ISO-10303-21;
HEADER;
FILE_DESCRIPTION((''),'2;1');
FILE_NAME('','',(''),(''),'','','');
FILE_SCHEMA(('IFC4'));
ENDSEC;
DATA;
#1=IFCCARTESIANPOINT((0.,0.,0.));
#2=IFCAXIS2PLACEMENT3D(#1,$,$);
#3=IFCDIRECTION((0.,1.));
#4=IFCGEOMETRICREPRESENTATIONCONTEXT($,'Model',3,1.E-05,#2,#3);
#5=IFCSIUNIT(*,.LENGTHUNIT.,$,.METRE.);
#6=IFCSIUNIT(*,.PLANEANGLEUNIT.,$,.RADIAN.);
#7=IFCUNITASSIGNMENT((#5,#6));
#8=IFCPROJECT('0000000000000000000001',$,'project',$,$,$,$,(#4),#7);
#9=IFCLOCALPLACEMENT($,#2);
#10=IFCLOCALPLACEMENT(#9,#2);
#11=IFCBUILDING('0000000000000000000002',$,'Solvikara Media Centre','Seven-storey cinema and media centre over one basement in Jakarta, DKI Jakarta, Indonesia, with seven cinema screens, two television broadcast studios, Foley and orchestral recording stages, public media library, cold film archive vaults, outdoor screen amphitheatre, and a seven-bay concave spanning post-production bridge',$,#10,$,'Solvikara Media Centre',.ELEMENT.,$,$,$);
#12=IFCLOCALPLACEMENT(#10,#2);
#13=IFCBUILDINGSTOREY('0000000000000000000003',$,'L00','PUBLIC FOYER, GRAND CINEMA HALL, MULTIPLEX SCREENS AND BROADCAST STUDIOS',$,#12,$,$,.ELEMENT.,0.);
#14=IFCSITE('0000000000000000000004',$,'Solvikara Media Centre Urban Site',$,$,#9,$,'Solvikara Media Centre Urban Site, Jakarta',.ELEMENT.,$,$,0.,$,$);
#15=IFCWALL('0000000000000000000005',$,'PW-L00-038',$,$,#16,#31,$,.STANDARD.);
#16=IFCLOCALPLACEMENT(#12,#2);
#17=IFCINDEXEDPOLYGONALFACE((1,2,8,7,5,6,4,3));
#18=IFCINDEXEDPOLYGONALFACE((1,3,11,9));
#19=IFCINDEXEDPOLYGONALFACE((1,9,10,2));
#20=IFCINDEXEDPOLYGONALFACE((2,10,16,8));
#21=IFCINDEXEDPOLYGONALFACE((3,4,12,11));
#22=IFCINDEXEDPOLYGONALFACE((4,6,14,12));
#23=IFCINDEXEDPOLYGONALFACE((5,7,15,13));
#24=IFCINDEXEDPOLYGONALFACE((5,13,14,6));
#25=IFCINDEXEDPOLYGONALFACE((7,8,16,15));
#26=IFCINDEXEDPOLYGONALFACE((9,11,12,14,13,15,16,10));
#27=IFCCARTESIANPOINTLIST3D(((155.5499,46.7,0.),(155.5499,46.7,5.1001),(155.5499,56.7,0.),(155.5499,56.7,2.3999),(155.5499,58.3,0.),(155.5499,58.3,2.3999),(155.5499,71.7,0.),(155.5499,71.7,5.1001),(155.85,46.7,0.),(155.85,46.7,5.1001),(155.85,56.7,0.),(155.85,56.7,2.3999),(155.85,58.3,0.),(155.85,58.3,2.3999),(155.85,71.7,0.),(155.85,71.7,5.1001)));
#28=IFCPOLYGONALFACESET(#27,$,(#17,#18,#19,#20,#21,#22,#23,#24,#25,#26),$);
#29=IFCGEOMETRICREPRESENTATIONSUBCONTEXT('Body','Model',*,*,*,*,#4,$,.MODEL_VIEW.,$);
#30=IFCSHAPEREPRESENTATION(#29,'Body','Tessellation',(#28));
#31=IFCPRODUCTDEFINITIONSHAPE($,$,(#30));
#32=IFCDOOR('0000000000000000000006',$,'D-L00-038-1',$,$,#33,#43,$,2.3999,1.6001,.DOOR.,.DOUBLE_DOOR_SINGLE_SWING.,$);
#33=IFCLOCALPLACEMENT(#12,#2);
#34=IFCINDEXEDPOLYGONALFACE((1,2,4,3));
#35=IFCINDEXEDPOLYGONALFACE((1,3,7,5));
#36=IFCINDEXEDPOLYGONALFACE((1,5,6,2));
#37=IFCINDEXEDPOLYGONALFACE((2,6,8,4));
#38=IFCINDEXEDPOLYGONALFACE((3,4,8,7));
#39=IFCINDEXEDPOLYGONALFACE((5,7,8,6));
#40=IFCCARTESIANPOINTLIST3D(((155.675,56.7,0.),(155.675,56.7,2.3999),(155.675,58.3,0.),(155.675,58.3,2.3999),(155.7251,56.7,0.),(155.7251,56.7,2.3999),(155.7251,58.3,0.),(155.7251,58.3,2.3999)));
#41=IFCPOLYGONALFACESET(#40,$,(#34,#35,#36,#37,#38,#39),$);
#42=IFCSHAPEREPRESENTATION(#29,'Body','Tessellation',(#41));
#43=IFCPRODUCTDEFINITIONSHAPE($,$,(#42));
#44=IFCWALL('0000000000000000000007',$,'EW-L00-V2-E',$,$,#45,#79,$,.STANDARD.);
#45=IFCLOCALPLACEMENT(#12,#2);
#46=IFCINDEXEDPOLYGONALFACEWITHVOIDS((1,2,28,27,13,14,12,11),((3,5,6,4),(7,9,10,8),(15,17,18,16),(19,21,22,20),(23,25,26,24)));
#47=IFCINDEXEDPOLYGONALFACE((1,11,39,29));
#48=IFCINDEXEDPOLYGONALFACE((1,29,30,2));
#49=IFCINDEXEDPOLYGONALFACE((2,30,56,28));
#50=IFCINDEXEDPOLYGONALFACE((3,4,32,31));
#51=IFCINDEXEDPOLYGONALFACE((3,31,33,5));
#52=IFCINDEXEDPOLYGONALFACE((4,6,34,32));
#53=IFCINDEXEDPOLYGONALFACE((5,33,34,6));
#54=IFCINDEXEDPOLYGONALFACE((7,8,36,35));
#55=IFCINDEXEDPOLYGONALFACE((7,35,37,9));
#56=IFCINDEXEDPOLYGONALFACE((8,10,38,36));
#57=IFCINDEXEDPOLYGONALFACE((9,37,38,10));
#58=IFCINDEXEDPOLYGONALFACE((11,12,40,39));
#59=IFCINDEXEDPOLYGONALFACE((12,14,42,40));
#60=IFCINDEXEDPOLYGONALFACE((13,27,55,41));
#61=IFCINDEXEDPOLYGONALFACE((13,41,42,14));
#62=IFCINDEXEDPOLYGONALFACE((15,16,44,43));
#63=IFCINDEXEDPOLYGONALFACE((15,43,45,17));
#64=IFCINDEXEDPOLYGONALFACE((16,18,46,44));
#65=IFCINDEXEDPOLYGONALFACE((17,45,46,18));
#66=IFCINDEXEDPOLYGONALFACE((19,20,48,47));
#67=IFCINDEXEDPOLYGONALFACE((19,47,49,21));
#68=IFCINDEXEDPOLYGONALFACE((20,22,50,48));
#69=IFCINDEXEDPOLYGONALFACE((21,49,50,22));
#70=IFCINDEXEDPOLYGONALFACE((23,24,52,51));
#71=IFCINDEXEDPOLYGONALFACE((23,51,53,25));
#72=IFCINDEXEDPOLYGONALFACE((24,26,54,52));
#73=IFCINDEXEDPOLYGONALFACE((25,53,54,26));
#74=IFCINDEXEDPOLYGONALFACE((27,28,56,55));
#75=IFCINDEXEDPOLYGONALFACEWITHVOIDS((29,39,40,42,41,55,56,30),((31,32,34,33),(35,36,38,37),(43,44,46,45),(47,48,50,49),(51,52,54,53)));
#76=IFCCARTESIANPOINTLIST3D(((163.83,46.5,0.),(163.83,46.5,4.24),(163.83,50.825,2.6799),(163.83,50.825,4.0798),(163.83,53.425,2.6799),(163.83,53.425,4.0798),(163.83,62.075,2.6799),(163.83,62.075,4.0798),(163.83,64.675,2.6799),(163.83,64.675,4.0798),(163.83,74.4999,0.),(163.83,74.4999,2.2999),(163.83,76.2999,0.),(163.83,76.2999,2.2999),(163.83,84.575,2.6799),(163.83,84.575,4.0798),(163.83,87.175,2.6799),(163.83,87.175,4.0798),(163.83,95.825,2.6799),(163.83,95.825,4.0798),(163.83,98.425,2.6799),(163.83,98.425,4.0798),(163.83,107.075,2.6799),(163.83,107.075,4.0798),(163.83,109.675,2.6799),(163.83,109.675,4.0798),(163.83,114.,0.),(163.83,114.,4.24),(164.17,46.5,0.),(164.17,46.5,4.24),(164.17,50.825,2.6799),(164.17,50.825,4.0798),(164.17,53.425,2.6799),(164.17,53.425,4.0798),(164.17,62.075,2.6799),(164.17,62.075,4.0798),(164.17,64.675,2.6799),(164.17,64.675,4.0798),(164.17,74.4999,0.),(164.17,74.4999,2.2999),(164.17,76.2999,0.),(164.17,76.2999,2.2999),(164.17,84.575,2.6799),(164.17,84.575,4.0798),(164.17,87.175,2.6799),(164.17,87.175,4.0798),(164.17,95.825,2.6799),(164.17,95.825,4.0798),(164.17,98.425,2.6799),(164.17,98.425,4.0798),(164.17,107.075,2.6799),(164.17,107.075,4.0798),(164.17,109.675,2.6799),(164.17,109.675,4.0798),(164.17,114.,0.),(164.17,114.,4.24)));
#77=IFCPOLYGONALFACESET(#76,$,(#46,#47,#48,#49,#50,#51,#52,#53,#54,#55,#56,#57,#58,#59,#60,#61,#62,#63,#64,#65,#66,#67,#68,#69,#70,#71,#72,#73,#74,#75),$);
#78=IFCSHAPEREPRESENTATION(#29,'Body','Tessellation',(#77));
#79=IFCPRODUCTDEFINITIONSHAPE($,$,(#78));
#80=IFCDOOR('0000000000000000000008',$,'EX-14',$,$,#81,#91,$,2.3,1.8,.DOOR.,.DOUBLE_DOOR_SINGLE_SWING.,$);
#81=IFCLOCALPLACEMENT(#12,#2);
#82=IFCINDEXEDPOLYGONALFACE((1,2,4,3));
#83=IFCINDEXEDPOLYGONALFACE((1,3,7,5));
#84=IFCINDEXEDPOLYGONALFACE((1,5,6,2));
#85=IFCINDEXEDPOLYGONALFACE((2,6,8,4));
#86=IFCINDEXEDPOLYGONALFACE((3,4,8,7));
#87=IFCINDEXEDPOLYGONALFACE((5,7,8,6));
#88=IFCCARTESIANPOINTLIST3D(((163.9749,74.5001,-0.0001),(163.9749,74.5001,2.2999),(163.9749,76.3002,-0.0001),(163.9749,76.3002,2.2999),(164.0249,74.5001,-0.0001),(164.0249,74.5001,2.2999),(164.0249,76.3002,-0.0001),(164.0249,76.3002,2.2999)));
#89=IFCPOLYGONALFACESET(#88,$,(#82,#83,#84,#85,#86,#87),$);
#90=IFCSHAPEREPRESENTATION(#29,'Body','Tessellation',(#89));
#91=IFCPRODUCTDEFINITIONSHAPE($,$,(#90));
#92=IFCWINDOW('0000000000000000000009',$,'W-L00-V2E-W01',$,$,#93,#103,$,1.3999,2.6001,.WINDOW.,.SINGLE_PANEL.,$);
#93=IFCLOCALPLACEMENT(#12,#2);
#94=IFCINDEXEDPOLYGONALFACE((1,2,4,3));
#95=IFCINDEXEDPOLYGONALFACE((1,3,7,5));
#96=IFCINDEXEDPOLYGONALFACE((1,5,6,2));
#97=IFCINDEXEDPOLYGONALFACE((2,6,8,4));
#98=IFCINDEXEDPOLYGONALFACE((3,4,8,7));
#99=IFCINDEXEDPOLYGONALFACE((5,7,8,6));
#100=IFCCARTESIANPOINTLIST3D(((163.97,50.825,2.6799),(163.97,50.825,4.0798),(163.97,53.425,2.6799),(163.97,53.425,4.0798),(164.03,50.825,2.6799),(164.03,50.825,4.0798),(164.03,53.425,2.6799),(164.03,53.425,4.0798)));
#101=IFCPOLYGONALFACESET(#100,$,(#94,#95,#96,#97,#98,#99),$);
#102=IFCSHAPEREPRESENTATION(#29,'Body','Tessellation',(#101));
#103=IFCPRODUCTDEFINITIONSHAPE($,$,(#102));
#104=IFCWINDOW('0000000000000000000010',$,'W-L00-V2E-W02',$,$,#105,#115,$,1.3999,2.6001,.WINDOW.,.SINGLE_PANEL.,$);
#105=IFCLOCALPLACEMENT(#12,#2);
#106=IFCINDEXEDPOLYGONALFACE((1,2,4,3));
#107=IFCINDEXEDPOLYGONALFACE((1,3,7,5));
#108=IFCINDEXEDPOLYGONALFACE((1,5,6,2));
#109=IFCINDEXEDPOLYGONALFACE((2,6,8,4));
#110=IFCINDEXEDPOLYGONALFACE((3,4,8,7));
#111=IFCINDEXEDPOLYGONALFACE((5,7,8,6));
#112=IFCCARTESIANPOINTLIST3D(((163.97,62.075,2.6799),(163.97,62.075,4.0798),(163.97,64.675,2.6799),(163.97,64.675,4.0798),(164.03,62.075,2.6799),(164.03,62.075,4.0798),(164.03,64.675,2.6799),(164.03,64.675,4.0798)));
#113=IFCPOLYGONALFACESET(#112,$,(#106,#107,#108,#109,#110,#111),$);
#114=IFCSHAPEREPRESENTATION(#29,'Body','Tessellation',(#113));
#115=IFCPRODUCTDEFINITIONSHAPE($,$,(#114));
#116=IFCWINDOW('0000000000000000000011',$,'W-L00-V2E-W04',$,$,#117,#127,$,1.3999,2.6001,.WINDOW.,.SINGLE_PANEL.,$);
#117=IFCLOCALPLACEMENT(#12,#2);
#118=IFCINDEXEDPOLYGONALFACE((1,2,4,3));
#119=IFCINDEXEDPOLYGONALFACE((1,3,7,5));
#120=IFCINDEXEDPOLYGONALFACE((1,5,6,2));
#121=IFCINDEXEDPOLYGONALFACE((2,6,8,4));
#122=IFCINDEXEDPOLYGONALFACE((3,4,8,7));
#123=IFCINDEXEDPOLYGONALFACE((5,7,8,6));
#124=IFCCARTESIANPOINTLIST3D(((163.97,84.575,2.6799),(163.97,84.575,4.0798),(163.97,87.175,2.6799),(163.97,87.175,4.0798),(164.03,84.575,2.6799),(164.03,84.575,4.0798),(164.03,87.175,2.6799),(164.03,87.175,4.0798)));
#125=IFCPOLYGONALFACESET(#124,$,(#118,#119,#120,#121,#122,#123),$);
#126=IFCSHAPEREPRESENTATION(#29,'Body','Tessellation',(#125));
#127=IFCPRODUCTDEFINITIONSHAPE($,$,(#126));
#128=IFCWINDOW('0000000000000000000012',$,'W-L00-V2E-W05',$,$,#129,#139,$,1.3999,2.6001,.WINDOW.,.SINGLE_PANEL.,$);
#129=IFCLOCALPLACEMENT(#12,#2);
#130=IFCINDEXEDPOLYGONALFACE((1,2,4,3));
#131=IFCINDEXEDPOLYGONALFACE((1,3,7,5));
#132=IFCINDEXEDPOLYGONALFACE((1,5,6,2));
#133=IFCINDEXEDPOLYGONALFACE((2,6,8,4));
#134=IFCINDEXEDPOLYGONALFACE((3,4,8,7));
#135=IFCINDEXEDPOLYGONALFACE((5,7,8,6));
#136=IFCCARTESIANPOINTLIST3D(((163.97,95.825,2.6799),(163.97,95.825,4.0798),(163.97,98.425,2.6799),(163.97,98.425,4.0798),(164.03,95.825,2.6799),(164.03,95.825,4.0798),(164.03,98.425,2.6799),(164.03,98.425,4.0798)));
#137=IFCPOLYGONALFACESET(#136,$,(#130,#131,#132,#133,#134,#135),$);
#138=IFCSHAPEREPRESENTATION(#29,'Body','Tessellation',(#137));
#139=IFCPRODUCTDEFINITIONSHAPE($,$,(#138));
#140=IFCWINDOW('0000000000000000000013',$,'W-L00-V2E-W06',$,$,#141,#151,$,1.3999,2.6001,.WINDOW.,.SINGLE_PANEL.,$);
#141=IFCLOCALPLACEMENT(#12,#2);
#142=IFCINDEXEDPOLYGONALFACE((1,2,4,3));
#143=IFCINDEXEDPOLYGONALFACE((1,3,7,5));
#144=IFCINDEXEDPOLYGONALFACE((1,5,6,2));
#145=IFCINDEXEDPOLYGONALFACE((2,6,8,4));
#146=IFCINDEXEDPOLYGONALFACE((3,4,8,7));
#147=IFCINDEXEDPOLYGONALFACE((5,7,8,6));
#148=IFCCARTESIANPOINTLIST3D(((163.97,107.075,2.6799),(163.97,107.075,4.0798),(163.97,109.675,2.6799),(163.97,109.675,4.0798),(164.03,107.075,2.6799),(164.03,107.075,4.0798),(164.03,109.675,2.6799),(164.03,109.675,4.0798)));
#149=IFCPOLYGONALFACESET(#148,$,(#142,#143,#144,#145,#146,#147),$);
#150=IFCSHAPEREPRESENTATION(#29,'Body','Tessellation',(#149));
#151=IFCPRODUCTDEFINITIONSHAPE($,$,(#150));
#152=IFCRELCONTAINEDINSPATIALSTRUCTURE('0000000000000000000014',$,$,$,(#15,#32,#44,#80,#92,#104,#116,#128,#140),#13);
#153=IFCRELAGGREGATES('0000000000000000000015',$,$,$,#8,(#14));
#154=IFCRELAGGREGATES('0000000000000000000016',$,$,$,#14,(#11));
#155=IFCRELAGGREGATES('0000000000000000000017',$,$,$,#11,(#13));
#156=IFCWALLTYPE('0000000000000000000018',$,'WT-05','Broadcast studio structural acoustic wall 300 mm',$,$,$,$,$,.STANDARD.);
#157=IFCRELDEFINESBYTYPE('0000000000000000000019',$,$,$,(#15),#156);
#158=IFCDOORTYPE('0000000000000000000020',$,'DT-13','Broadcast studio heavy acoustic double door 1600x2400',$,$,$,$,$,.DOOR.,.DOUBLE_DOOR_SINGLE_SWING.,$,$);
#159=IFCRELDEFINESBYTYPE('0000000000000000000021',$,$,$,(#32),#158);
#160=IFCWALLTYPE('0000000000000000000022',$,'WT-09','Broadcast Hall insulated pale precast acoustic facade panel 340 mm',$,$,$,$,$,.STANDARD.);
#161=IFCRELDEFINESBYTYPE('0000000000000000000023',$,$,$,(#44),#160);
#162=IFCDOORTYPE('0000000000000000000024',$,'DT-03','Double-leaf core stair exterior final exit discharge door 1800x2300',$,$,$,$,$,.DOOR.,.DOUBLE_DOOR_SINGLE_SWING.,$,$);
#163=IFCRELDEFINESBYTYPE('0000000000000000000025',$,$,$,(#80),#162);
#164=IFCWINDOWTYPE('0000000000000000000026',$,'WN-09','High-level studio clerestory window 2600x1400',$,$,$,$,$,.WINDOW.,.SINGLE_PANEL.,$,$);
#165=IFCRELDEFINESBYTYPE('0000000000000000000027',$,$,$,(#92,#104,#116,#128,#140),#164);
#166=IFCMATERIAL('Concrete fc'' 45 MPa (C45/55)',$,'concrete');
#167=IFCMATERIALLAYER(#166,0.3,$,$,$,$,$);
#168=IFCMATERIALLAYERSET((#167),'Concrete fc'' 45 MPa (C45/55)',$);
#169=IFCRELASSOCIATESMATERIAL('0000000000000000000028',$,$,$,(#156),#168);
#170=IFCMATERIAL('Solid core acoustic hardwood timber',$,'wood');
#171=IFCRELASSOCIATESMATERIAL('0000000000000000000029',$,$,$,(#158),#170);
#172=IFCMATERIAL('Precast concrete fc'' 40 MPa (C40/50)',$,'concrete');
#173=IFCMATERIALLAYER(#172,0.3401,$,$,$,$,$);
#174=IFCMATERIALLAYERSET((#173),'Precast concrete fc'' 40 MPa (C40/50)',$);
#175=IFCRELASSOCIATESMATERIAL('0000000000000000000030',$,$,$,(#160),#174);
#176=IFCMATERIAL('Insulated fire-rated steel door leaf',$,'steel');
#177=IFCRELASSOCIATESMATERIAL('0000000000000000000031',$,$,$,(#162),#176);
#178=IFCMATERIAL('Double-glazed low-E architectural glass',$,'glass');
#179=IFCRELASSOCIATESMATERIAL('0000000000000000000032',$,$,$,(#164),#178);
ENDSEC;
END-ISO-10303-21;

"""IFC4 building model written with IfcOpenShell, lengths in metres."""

from ifc_helpers import new_model, si_unit, direction, frame, frame_2d, origin, place, context, subcontext, project, spatial, rectangle, extrude, material, layer, layer_set, type_object, element, fill, save


model = new_model("IFC4")

# Units and contexts
model_context = context("Model", 3, precision=1e-05, world=origin(), true_north=direction((0.0, 1.0)))
body_context = subcontext(model_context, "Body", "Model", "MODEL_VIEW")
ifc_project = project(units=[si_unit("LENGTHUNIT", "METRE"), si_unit("PLANEANGLEUNIT", "RADIAN")], contexts=[model_context])

# Site, building, storey
site_placement = place(None, origin())
site = spatial("IfcSite", under=ifc_project, at=site_placement, Name="Solvikara Media Centre Urban Site", LongName="Solvikara Media Centre Urban Site, Jakarta", CompositionType="ELEMENT", RefElevation=0.0)
building_placement = place(site_placement, origin())
building = spatial("IfcBuilding", under=site, at=building_placement, Name="Solvikara Media Centre", Description="Seven-storey cinema and media centre over one basement in Jakarta, DKI Jakarta, Indonesia, with seven cinema screens, two television broadcast studios, Foley and orchestral recording stages, public media library, cold film archive vaults, outdoor screen amphitheatre, and a seven-bay concave spanning post-production bridge", LongName="Solvikara Media Centre", CompositionType="ELEMENT")
storey_placement = place(building_placement, origin())
storey = spatial("IfcBuildingStorey", under=building, at=storey_placement, Name="L00", Description="PUBLIC FOYER, GRAND CINEMA HALL, MULTIPLEX SCREENS AND BROADCAST STUDIOS", CompositionType="ELEMENT", Elevation=0.0)

# Shared definitions
ifc_material_1 = material(Name="Concrete fc' 45 MPa (C45/55)", Category="concrete")

# Wall, opening, door
ifc_layer_1 = layer(ifc_material_1, 0.3)
ifc_layer_set_1 = layer_set([ifc_layer_1], Name="Concrete fc' 45 MPa (C45/55)")
wall_type_1 = type_object("IfcWallType", Name="WT-05", Description="Broadcast studio structural acoustic wall 300 mm", PredefinedType="STANDARD", material=ifc_layer_set_1)
wall_1_placement = place(storey_placement, frame((155.7, 46.7, 0.0), z_axis=(0.0, 0.0, 1.0), x_axis=(0.0, 1.0, 0.0)))
wall_1 = element("IfcWall", 1, at=wall_1_placement, inside=storey, type_object=wall_type_1, Name="PW-L00-038", PredefinedType="STANDARD", context=body_context, shape_type="SweptSolid", body=[
    extrude(rectangle(XDim=25.0, YDim=0.3, at=frame_2d((12.5, 0.0))), origin(), (0.0, 0.0, 1.0), 5.1001),
])
opening_1_placement = place(wall_1_placement, frame((10.0, 0.0, 0.0)))
opening_1 = element("IfcOpeningElement", 2, at=opening_1_placement, cuts=wall_1, PredefinedType="OPENING", context=body_context, shape_type="SweptSolid", body=[
    extrude(rectangle(XDim=1.6001, YDim=2.3999, at=frame_2d((0.8, 1.2))), frame((0.0, 0.1621, 0.0), z_axis=(0.0, -1.0, 0.0), x_axis=(1.0, 0.0, 0.0)), (0.0, 0.0, 1.0), 0.324),
])
ifc_material_2 = material(Name="Solid core acoustic hardwood timber", Category="wood")
door_type_1 = type_object("IfcDoorType", Name="DT-13", Description="Broadcast studio heavy acoustic double door 1600x2400", OperationType="DOUBLE_DOOR_SINGLE_SWING", PredefinedType="DOOR", material=ifc_material_2)
door_1_placement = place(opening_1_placement, origin())
door_1 = element("IfcDoor", 3, at=door_1_placement, inside=storey, type_object=door_type_1, Name="D-L00-038-1", OperationType="DOUBLE_DOOR_SINGLE_SWING", OverallHeight=2.3999, OverallWidth=1.6001, PredefinedType="DOOR", context=body_context, shape_type="SweptSolid", body=[
    extrude(rectangle(XDim=1.6001, YDim=2.3999, at=frame_2d((0.8, 1.2))), frame((0.0, 0.0249, 0.0), z_axis=(0.0, -1.0, 0.0), x_axis=(1.0, 0.0, 0.0)), (0.0, 0.0, 1.0), 0.05),
])
fill(opening_1, door_1)

# Wall, openings, door, windows
ifc_material_3 = material(Name="Precast concrete fc' 40 MPa (C40/50)", Category="concrete")
ifc_layer_2 = layer(ifc_material_3, 0.3401)
ifc_layer_set_2 = layer_set([ifc_layer_2], Name="Precast concrete fc' 40 MPa (C40/50)")
wall_type_2 = type_object("IfcWallType", Name="WT-09", Description="Broadcast Hall insulated pale precast acoustic facade panel 340 mm", PredefinedType="STANDARD", material=ifc_layer_set_2)
wall_2_placement = place(storey_placement, frame((164.0, 46.5, 0.0), z_axis=(0.0, 0.0, 1.0), x_axis=(0.0, 1.0, 0.0)))
wall_2 = element("IfcWall", 4, at=wall_2_placement, inside=storey, type_object=wall_type_2, Name="EW-L00-V2-E", PredefinedType="STANDARD", context=body_context, shape_type="SweptSolid", body=[
    extrude(rectangle(XDim=67.5, YDim=0.3401, at=frame_2d((33.75, 0.0))), origin(), (0.0, 0.0, 1.0), 4.24),
])
opening_2_placement = place(wall_2_placement, frame((28.0, 0.0, 0.0)))
opening_2 = element("IfcOpeningElement", 5, at=opening_2_placement, cuts=wall_2, PredefinedType="OPENING", context=body_context, shape_type="SweptSolid", body=[
    extrude(rectangle(XDim=1.8, YDim=2.3, at=frame_2d((0.8999, 1.1499))), frame((0.0, 0.1821, 0.0), z_axis=(0.0, -1.0, 0.0), x_axis=(1.0, 0.0, 0.0)), (0.0, 0.0, 1.0), 0.364),
])
opening_3_placement = place(wall_2_placement, frame((4.325, 0.0, 2.6799)))
opening_3 = element("IfcOpeningElement", 6, at=opening_3_placement, cuts=wall_2, PredefinedType="OPENING", context=body_context, shape_type="SweptSolid", body=[
    extrude(rectangle(XDim=2.6001, YDim=1.3999, at=frame_2d((1.3, 0.7))), frame((0.0, 0.1821, 0.0), z_axis=(0.0, -1.0, 0.0), x_axis=(1.0, 0.0, 0.0)), (0.0, 0.0, 1.0), 0.364),
])
opening_4_placement = place(wall_2_placement, frame((15.575, 0.0, 2.6799)))
opening_4 = element("IfcOpeningElement", 7, at=opening_4_placement, cuts=wall_2, PredefinedType="OPENING", context=body_context, shape_type="SweptSolid", body=[
    extrude(rectangle(XDim=2.6001, YDim=1.3999, at=frame_2d((1.3, 0.7))), frame((0.0, 0.1821, 0.0), z_axis=(0.0, -1.0, 0.0), x_axis=(1.0, 0.0, 0.0)), (0.0, 0.0, 1.0), 0.364),
])
opening_5_placement = place(wall_2_placement, frame((38.075, 0.0, 2.6799)))
opening_5 = element("IfcOpeningElement", 8, at=opening_5_placement, cuts=wall_2, PredefinedType="OPENING", context=body_context, shape_type="SweptSolid", body=[
    extrude(rectangle(XDim=2.6001, YDim=1.3999, at=frame_2d((1.3, 0.7))), frame((0.0, 0.1821, 0.0), z_axis=(0.0, -1.0, 0.0), x_axis=(1.0, 0.0, 0.0)), (0.0, 0.0, 1.0), 0.364),
])
opening_6_placement = place(wall_2_placement, frame((49.325, 0.0, 2.6799)))
opening_6 = element("IfcOpeningElement", 9, at=opening_6_placement, cuts=wall_2, PredefinedType="OPENING", context=body_context, shape_type="SweptSolid", body=[
    extrude(rectangle(XDim=2.6001, YDim=1.3999, at=frame_2d((1.3, 0.7))), frame((0.0, 0.1821, 0.0), z_axis=(0.0, -1.0, 0.0), x_axis=(1.0, 0.0, 0.0)), (0.0, 0.0, 1.0), 0.364),
])
opening_7_placement = place(wall_2_placement, frame((60.575, 0.0, 2.6799)))
opening_7 = element("IfcOpeningElement", 10, at=opening_7_placement, cuts=wall_2, PredefinedType="OPENING", context=body_context, shape_type="SweptSolid", body=[
    extrude(rectangle(XDim=2.6001, YDim=1.3999, at=frame_2d((1.3, 0.7))), frame((0.0, 0.1821, 0.0), z_axis=(0.0, -1.0, 0.0), x_axis=(1.0, 0.0, 0.0)), (0.0, 0.0, 1.0), 0.364),
])
ifc_material_4 = material(Name="Insulated fire-rated steel door leaf", Category="steel")
door_type_2 = type_object("IfcDoorType", Name="DT-03", Description="Double-leaf core stair exterior final exit discharge door 1800x2300", OperationType="DOUBLE_DOOR_SINGLE_SWING", PredefinedType="DOOR", material=ifc_material_4)
door_2_placement = place(opening_2_placement, frame((1.8, 0.0, 0.0), z_axis=(0.0, 0.0, 1.0), x_axis=(-1.0, 0.0, 0.0)))
door_2 = element("IfcDoor", 11, at=door_2_placement, inside=storey, type_object=door_type_2, Name="EX-14", OperationType="DOUBLE_DOOR_SINGLE_SWING", OverallHeight=2.3, OverallWidth=1.8, PredefinedType="DOOR", context=body_context, shape_type="SweptSolid", body=[
    extrude(rectangle(XDim=1.8, YDim=2.3, at=frame_2d((0.8999, 1.1499))), frame((0.0, 0.0249, 0.0), z_axis=(0.0, -1.0, 0.0), x_axis=(1.0, 0.0, 0.0)), (0.0, 0.0, 1.0), 0.05),
])
fill(opening_2, door_2)
ifc_material_5 = material(Name="Double-glazed low-E architectural glass", Category="glass")
window_type = type_object("IfcWindowType", Name="WN-09", Description="High-level studio clerestory window 2600x1400", PartitioningType="SINGLE_PANEL", PredefinedType="WINDOW", material=ifc_material_5)
window_1_placement = place(opening_3_placement, origin())
window_1 = element("IfcWindow", 12, at=window_1_placement, inside=storey, type_object=window_type, Name="W-L00-V2E-W01", OverallHeight=1.3999, OverallWidth=2.6001, PartitioningType="SINGLE_PANEL", PredefinedType="WINDOW", context=body_context, shape_type="SweptSolid", body=[
    extrude(rectangle(XDim=2.6001, YDim=1.3999, at=frame_2d((1.3, 0.7))), frame((0.0, 0.03, 0.0), z_axis=(0.0, -1.0, 0.0), x_axis=(1.0, 0.0, 0.0)), (0.0, 0.0, 1.0), 0.0601),
])
fill(opening_3, window_1)
window_2_placement = place(opening_4_placement, origin())
window_2 = element("IfcWindow", 13, at=window_2_placement, inside=storey, type_object=window_type, Name="W-L00-V2E-W02", OverallHeight=1.3999, OverallWidth=2.6001, PartitioningType="SINGLE_PANEL", PredefinedType="WINDOW", context=body_context, shape_type="SweptSolid", body=[
    extrude(rectangle(XDim=2.6001, YDim=1.3999, at=frame_2d((1.3, 0.7))), frame((0.0, 0.03, 0.0), z_axis=(0.0, -1.0, 0.0), x_axis=(1.0, 0.0, 0.0)), (0.0, 0.0, 1.0), 0.0601),
])
fill(opening_4, window_2)
window_3_placement = place(opening_5_placement, origin())
window_3 = element("IfcWindow", 14, at=window_3_placement, inside=storey, type_object=window_type, Name="W-L00-V2E-W04", OverallHeight=1.3999, OverallWidth=2.6001, PartitioningType="SINGLE_PANEL", PredefinedType="WINDOW", context=body_context, shape_type="SweptSolid", body=[
    extrude(rectangle(XDim=2.6001, YDim=1.3999, at=frame_2d((1.3, 0.7))), frame((0.0, 0.03, 0.0), z_axis=(0.0, -1.0, 0.0), x_axis=(1.0, 0.0, 0.0)), (0.0, 0.0, 1.0), 0.0601),
])
fill(opening_5, window_3)
window_4_placement = place(opening_6_placement, origin())
window_4 = element("IfcWindow", 15, at=window_4_placement, inside=storey, type_object=window_type, Name="W-L00-V2E-W05", OverallHeight=1.3999, OverallWidth=2.6001, PartitioningType="SINGLE_PANEL", PredefinedType="WINDOW", context=body_context, shape_type="SweptSolid", body=[
    extrude(rectangle(XDim=2.6001, YDim=1.3999, at=frame_2d((1.3, 0.7))), frame((0.0, 0.03, 0.0), z_axis=(0.0, -1.0, 0.0), x_axis=(1.0, 0.0, 0.0)), (0.0, 0.0, 1.0), 0.0601),
])
fill(opening_6, window_4)
window_5_placement = place(opening_7_placement, origin())
window_5 = element("IfcWindow", 16, at=window_5_placement, inside=storey, type_object=window_type, Name="W-L00-V2E-W06", OverallHeight=1.3999, OverallWidth=2.6001, PartitioningType="SINGLE_PANEL", PredefinedType="WINDOW", context=body_context, shape_type="SweptSolid", body=[
    extrude(rectangle(XDim=2.6001, YDim=1.3999, at=frame_2d((1.3, 0.7))), frame((0.0, 0.03, 0.0), z_axis=(0.0, -1.0, 0.0), x_axis=(1.0, 0.0, 0.0)), (0.0, 0.0, 1.0), 0.0601),
])
fill(opening_7, window_5)

save(model, "model.ifc")
